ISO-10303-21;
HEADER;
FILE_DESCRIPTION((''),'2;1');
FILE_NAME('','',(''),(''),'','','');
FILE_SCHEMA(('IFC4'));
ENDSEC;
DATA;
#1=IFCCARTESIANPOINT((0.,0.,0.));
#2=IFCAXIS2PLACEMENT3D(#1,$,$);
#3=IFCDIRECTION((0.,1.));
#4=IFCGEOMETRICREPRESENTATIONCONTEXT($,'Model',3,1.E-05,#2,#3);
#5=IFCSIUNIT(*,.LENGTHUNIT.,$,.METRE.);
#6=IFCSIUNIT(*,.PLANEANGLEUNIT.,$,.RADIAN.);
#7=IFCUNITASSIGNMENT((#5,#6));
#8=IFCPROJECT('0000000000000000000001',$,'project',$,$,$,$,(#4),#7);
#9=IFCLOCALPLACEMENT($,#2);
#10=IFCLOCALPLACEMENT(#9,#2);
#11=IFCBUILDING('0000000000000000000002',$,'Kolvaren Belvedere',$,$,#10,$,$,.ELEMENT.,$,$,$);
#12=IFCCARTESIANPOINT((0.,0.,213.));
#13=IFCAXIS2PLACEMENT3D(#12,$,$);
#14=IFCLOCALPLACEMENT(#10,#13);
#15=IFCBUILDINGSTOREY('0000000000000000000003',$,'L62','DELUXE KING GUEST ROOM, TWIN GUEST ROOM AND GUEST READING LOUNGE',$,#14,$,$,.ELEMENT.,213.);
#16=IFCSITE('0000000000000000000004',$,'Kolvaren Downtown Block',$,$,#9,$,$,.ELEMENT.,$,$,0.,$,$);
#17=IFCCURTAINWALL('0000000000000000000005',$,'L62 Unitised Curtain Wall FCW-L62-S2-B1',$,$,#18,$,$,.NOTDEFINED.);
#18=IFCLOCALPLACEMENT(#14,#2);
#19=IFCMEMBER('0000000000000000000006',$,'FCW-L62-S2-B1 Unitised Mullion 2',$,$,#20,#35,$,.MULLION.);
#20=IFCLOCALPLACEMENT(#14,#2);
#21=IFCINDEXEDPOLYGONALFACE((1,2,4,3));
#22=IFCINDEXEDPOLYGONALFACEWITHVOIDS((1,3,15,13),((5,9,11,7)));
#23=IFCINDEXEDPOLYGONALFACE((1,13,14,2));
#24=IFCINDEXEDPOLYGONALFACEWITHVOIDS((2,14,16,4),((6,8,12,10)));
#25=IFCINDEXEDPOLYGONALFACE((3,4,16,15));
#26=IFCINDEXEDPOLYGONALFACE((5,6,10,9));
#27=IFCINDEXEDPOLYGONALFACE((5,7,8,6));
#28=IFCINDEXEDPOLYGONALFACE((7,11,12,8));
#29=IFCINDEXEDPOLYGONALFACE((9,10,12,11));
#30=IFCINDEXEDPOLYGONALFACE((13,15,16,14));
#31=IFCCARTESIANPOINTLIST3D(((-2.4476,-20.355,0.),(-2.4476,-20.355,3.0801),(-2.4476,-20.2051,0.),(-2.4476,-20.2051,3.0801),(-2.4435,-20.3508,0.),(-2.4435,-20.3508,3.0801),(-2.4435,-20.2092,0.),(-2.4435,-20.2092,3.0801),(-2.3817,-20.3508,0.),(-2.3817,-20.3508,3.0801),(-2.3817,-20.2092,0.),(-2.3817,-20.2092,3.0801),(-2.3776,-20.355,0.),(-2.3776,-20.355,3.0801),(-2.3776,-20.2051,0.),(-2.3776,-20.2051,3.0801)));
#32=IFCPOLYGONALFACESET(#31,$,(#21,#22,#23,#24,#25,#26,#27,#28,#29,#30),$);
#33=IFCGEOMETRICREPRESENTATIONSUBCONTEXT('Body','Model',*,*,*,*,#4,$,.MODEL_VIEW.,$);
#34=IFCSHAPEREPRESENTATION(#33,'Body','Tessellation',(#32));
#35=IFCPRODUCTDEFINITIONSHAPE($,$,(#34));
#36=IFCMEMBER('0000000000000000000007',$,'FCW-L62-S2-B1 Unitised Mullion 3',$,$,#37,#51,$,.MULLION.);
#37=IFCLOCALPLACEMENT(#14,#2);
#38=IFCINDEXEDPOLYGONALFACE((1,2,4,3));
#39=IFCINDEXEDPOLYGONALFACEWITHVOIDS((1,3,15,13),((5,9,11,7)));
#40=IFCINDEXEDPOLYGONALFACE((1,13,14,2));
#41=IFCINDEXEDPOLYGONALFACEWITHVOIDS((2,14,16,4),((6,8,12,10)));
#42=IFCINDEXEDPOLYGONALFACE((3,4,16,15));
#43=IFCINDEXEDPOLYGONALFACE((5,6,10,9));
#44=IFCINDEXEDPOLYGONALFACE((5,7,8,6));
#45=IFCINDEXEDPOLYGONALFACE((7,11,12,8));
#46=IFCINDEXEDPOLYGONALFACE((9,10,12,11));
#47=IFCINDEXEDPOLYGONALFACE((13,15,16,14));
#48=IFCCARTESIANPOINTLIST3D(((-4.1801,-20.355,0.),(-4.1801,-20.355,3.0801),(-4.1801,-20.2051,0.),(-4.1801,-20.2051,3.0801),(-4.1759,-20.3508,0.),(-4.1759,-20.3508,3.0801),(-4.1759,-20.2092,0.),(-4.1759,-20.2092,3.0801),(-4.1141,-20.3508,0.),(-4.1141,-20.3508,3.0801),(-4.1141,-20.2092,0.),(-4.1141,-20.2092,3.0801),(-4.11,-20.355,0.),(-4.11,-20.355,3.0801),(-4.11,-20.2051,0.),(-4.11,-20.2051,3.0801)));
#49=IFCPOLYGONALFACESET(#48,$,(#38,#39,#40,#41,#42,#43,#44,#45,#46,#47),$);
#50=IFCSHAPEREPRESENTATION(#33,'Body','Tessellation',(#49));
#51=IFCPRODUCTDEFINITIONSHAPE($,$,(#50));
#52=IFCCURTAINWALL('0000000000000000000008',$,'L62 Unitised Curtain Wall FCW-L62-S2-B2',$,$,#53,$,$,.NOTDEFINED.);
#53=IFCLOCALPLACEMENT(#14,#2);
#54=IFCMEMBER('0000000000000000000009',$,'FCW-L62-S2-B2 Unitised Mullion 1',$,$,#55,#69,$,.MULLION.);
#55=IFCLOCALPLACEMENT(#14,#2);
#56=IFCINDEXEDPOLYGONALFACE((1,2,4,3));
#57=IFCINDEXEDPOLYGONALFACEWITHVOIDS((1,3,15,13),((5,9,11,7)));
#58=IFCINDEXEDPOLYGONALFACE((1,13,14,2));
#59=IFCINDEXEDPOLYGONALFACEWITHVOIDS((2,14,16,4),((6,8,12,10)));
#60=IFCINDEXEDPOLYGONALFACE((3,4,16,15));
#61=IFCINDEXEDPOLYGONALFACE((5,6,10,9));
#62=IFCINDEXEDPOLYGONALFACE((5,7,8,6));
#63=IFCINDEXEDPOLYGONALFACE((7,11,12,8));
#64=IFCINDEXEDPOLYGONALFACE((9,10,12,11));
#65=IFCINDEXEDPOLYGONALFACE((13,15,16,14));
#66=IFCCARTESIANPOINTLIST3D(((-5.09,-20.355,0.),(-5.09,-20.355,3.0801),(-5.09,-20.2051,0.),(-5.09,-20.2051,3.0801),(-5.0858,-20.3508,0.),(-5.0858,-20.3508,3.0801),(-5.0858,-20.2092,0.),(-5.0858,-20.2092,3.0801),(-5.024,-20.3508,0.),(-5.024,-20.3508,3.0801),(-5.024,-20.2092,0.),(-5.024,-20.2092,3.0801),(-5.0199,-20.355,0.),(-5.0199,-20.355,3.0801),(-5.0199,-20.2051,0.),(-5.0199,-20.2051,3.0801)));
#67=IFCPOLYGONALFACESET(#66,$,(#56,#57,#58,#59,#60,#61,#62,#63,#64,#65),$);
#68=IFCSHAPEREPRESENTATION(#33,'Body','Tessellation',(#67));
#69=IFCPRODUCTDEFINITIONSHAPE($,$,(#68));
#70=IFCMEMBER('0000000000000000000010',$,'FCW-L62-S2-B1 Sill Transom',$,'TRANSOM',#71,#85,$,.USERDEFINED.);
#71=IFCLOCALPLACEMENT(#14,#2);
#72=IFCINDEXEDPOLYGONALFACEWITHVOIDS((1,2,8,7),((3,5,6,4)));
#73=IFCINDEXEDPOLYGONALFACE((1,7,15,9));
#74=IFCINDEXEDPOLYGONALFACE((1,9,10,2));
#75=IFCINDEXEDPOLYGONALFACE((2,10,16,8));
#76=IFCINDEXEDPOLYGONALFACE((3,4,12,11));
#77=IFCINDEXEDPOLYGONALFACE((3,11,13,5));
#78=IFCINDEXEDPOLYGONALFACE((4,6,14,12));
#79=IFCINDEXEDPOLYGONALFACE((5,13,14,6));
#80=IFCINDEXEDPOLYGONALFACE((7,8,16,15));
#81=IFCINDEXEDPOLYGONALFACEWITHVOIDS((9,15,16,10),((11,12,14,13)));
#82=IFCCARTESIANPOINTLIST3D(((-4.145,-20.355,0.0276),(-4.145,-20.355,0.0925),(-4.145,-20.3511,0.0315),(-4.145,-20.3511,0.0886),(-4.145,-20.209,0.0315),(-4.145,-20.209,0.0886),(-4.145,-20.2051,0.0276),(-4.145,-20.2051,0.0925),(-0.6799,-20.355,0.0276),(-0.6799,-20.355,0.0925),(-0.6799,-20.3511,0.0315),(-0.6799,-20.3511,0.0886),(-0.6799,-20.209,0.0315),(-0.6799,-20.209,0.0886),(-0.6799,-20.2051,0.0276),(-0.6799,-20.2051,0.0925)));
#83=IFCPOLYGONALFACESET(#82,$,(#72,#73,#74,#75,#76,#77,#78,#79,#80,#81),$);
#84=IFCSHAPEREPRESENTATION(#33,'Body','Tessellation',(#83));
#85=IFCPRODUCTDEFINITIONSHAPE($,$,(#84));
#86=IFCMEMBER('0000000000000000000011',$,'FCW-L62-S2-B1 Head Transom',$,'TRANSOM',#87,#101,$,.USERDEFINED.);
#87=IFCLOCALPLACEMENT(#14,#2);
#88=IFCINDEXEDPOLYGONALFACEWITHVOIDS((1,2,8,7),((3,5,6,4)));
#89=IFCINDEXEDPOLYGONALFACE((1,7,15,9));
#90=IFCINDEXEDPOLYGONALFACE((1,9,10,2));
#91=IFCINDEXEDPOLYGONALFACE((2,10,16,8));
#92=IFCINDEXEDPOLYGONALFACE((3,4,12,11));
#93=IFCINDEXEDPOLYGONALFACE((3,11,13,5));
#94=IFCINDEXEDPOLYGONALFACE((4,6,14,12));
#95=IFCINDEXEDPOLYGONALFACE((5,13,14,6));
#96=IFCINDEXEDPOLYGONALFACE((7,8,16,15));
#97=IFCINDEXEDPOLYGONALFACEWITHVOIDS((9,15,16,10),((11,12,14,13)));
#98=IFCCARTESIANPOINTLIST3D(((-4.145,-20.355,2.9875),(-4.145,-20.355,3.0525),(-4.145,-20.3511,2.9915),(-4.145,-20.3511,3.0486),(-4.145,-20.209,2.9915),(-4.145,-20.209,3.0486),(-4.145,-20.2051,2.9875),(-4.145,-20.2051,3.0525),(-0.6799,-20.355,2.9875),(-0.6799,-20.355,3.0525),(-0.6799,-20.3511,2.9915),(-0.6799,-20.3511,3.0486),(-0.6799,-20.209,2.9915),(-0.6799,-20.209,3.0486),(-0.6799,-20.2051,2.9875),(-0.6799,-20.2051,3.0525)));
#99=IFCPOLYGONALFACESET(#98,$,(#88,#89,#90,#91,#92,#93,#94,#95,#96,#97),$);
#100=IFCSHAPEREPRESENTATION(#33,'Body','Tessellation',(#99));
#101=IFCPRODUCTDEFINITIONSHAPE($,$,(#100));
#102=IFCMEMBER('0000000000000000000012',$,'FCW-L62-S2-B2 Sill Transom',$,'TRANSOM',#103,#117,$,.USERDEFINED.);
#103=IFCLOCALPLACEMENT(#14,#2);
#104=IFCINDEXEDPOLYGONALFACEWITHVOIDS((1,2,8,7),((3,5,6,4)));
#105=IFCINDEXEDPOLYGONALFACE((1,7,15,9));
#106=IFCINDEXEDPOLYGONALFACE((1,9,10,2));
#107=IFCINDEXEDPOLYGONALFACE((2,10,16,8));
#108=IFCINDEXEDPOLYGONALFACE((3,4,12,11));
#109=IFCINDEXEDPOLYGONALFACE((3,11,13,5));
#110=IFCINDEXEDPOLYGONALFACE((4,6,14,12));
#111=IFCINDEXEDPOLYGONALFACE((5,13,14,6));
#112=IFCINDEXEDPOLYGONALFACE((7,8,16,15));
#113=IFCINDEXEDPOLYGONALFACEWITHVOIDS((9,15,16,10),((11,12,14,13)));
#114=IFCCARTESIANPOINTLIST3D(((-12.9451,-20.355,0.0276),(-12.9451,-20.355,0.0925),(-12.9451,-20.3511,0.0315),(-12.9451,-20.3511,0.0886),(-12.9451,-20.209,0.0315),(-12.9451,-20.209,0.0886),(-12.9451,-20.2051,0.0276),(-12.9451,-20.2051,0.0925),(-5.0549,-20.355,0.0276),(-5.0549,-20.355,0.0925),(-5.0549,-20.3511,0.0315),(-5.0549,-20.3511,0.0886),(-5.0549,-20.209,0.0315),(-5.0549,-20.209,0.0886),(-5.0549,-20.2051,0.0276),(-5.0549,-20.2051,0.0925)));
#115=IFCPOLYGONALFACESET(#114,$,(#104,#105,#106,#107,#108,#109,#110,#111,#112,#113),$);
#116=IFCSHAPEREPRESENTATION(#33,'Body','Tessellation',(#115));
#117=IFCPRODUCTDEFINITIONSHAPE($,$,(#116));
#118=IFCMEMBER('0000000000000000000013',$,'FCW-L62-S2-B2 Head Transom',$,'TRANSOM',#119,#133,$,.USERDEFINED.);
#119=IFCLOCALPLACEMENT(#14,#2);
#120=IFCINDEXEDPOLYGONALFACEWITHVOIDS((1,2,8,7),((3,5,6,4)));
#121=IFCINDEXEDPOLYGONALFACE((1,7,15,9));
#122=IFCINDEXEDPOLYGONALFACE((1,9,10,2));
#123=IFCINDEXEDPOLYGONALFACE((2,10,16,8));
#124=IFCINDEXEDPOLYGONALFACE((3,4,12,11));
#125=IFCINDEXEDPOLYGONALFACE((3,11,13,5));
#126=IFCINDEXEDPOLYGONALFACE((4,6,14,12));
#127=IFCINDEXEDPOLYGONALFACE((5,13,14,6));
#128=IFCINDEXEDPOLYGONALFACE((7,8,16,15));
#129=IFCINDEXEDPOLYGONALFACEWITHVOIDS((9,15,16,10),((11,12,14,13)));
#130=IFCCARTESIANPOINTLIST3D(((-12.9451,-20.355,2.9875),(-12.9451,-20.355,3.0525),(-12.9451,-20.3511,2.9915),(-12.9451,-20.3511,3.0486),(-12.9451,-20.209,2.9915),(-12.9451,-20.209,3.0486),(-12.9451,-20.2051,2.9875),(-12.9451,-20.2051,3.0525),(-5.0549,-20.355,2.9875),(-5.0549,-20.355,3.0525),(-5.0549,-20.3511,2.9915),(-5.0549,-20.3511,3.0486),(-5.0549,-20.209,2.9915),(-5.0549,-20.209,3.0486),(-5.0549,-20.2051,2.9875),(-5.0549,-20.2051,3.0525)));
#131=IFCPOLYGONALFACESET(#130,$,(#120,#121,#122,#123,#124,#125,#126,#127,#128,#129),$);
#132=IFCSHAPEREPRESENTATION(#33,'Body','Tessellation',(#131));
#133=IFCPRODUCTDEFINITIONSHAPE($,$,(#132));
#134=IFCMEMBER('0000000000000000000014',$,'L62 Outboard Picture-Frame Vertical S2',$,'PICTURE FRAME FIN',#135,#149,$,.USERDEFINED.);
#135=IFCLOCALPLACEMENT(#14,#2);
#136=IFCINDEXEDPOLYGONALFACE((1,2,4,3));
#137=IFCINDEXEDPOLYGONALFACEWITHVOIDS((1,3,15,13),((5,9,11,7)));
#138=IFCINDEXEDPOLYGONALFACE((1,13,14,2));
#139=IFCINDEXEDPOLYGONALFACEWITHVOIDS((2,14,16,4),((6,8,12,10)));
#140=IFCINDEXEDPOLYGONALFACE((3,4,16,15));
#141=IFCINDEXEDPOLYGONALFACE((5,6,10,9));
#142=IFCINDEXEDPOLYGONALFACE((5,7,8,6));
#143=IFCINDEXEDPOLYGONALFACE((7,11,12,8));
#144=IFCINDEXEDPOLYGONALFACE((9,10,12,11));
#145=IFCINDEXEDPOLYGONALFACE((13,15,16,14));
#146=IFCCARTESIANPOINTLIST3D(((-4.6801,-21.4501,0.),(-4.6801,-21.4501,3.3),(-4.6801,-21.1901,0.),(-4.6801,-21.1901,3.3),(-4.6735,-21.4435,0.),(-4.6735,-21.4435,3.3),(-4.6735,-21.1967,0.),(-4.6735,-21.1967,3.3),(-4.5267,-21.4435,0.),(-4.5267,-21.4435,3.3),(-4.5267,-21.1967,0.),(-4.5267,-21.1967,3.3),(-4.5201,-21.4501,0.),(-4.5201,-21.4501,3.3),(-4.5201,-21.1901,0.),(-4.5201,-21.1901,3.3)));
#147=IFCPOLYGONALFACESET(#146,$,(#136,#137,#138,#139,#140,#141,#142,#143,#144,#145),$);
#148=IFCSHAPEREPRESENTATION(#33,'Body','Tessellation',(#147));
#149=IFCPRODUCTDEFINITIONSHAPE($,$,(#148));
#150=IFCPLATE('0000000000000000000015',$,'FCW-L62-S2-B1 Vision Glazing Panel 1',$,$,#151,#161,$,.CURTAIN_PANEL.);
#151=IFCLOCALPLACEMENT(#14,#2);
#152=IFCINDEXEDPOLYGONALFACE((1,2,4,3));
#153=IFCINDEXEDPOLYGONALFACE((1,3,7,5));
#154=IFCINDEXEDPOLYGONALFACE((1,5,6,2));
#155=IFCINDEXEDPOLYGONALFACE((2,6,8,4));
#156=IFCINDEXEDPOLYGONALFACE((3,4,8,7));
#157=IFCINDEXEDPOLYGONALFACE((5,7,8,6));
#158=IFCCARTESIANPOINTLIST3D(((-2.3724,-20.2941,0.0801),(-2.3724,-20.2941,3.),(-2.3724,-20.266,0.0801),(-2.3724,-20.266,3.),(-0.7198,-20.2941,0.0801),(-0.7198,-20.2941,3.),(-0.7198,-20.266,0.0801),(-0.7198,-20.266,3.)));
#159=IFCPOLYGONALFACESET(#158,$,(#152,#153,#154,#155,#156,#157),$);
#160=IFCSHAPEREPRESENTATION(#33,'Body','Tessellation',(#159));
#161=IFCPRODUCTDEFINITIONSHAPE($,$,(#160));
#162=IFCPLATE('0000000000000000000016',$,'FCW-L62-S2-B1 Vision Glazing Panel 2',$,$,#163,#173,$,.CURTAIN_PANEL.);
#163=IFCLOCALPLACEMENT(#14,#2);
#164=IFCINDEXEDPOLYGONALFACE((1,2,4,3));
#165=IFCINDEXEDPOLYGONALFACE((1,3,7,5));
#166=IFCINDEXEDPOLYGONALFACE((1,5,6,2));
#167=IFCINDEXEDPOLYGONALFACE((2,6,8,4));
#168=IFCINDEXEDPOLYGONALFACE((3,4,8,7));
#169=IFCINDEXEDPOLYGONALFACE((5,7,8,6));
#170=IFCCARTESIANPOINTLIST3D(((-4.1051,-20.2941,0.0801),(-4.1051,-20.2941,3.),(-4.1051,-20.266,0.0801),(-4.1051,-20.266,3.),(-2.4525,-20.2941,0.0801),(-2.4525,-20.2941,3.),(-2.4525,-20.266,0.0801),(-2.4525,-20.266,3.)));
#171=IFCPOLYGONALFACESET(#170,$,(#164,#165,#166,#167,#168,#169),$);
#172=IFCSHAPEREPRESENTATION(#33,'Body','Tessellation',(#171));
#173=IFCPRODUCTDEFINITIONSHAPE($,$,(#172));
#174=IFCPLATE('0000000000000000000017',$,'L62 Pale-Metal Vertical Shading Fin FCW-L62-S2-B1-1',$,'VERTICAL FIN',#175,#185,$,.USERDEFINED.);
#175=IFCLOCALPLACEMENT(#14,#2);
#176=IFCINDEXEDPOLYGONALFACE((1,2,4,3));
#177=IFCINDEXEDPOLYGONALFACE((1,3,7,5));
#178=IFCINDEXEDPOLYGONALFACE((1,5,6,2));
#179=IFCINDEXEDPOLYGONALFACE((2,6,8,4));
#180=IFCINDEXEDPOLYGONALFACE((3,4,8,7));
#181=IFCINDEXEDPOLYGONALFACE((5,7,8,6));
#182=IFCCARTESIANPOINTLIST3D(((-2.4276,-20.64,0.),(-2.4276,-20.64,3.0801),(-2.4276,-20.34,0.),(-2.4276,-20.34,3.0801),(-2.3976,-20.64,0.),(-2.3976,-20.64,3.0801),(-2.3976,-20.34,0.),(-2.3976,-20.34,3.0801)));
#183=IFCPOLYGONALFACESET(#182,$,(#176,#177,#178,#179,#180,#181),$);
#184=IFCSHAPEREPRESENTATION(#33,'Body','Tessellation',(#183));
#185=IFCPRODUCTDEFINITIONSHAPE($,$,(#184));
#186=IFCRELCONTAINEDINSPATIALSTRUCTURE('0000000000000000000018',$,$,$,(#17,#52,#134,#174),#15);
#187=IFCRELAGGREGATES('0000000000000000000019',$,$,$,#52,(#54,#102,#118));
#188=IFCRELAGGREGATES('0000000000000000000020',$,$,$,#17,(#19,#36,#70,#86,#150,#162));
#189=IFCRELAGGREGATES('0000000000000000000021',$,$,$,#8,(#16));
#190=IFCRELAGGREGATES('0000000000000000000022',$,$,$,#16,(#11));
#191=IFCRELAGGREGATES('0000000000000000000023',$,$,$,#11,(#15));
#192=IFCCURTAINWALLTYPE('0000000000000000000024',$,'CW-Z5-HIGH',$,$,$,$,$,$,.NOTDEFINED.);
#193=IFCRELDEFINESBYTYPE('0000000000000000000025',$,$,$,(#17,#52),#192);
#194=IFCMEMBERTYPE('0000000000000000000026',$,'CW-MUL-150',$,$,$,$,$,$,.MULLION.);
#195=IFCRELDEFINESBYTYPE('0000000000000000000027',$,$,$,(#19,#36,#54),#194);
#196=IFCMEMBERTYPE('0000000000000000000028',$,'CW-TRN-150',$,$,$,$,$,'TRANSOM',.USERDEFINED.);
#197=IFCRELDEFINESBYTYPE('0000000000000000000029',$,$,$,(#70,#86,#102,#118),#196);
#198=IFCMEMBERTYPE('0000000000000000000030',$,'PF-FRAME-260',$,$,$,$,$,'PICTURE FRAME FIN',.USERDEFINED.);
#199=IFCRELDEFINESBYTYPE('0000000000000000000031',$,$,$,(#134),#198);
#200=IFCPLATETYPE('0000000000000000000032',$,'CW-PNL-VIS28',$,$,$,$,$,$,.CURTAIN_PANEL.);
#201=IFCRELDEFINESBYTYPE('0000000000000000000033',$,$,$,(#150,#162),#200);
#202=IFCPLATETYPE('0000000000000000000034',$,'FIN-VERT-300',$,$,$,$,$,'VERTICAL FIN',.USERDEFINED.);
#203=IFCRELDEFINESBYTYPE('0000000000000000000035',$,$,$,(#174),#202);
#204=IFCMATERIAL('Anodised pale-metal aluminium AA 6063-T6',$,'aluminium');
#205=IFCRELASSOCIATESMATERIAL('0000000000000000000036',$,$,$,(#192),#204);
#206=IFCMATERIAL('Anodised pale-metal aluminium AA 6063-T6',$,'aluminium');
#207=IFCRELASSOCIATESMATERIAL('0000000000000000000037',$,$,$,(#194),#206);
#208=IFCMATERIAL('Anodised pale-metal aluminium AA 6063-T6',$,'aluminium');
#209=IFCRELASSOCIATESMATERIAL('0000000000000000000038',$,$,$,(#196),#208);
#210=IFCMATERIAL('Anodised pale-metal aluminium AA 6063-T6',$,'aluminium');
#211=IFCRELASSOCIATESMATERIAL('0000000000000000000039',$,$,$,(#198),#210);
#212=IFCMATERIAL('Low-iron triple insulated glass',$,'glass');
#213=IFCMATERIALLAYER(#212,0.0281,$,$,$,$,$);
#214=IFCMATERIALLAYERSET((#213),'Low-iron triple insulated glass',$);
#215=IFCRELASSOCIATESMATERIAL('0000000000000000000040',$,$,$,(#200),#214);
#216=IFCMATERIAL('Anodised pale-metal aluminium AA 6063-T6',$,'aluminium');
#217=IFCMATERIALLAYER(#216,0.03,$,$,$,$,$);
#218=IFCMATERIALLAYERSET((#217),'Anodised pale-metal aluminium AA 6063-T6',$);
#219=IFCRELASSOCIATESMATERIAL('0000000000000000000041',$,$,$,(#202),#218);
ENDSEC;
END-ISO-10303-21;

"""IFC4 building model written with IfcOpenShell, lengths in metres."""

from ifc_helpers import new_model, si_unit, direction, frame, origin, origin_2d, place, context, subcontext, project, spatial, rectangle, hollow_rectangle, extrude, material, layer, layer_set, material_profile, profile_set, type_object, element, aggregate, save


model = new_model("IFC4")

# Units and contexts
model_context = context("Model", 3, precision=1e-05, world=origin(), true_north=direction((0.0, 1.0)))
body_context = subcontext(model_context, "Body", "Model", "MODEL_VIEW")
ifc_project = project(units=[si_unit("LENGTHUNIT", "METRE"), si_unit("PLANEANGLEUNIT", "RADIAN")], contexts=[model_context])

# Site, building, storey
site_placement = place(None, origin())
site = spatial("IfcSite", under=ifc_project, at=site_placement, Name="Kolvaren Downtown Block", CompositionType="ELEMENT", RefElevation=0.0)
building_placement = place(site_placement, origin())
building = spatial("IfcBuilding", under=site, at=building_placement, Name="Kolvaren Belvedere", CompositionType="ELEMENT")
storey_placement = place(building_placement, frame((0.0, 0.0, 213.0)))
storey = spatial("IfcBuildingStorey", under=building, at=storey_placement, Name="L62", Description="DELUXE KING GUEST ROOM, TWIN GUEST ROOM AND GUEST READING LOUNGE", CompositionType="ELEMENT", Elevation=213.0)

# Curtain wall, members
ifc_material_1 = material(Name="Anodised pale-metal aluminium AA 6063-T6", Category="aluminium")
curtain_wall_type = type_object("IfcCurtainWallType", Name="CW-Z5-HIGH", PredefinedType="NOTDEFINED", material=ifc_material_1)
curtain_wall_1_placement = place(storey_placement, origin())
curtain_wall_1 = element("IfcCurtainWall", 1, at=curtain_wall_1_placement, inside=storey, type_object=curtain_wall_type, Name="L62 Unitised Curtain Wall FCW-L62-S2-B1", PredefinedType="NOTDEFINED")
ifc_material_2 = material(Name="Anodised pale-metal aluminium AA 6063-T6", Category="aluminium")
ifc_material_profile_1 = material_profile(ifc_material_2, hollow_rectangle(XDim=0.0701, YDim=0.1499, WallThickness=0.0042, at=origin_2d()), Name="ALU-MUL-150X70")
ifc_profile_set_1 = profile_set([ifc_material_profile_1], Name="Anodised pale-metal aluminium AA 6063-T6")
member_type_1 = type_object("IfcMemberType", Name="CW-MUL-150", PredefinedType="MULLION", material=ifc_profile_set_1)
member_1_placement = place(storey_placement, frame((-2.4126, -20.28, 0.0), z_axis=(0.0, 0.0, 1.0), x_axis=(1.0, 0.0, 0.0)))
member_1 = element("IfcMember", 2, at=member_1_placement, type_object=member_type_1, Name="FCW-L62-S2-B1 Unitised Mullion 2", PredefinedType="MULLION", context=body_context, shape_type="SweptSolid", body=[
    extrude(hollow_rectangle(XDim=0.0701, YDim=0.1499, WallThickness=0.0042, at=origin_2d()), origin(), (0.0, 0.0, 1.0), 3.0801),
])
member_2_placement = place(storey_placement, frame((-4.145, -20.28, 0.0), z_axis=(0.0, 0.0, 1.0), x_axis=(1.0, 0.0, 0.0)))
member_2 = element("IfcMember", 3, at=member_2_placement, type_object=member_type_1, Name="FCW-L62-S2-B1 Unitised Mullion 3", PredefinedType="MULLION", context=body_context, shape_type="SweptSolid", body=[
    extrude(hollow_rectangle(XDim=0.0701, YDim=0.1499, WallThickness=0.0042, at=origin_2d()), origin(), (0.0, 0.0, 1.0), 3.0801),
])

# Curtain wall, member
curtain_wall_2_placement = place(storey_placement, origin())
curtain_wall_2 = element("IfcCurtainWall", 4, at=curtain_wall_2_placement, inside=storey, type_object=curtain_wall_type, Name="L62 Unitised Curtain Wall FCW-L62-S2-B2", PredefinedType="NOTDEFINED")
member_3_placement = place(storey_placement, frame((-5.0549, -20.28, 0.0), z_axis=(0.0, 0.0, 1.0), x_axis=(1.0, 0.0, 0.0)))
member_3 = element("IfcMember", 5, at=member_3_placement, type_object=member_type_1, Name="FCW-L62-S2-B2 Unitised Mullion 1", PredefinedType="MULLION", context=body_context, shape_type="SweptSolid", body=[
    extrude(hollow_rectangle(XDim=0.0701, YDim=0.1499, WallThickness=0.0042, at=origin_2d()), origin(), (0.0, 0.0, 1.0), 3.0801),
])

# Members
ifc_material_3 = material(Name="Anodised pale-metal aluminium AA 6063-T6", Category="aluminium")
ifc_material_profile_2 = material_profile(ifc_material_3, hollow_rectangle(XDim=0.0649, YDim=0.1499, WallThickness=0.0039, at=origin_2d()), Name="ALU-TRN-150X65")
ifc_profile_set_2 = profile_set([ifc_material_profile_2], Name="Anodised pale-metal aluminium AA 6063-T6")
member_type_2 = type_object("IfcMemberType", Name="CW-TRN-150", ElementType="TRANSOM", PredefinedType="USERDEFINED", material=ifc_profile_set_2)
member_4_placement = place(storey_placement, frame((-0.6799, -20.28, 0.0601), z_axis=(-1.0, 0.0, 0.0), x_axis=(0.0, 0.0, 1.0)))
member_4 = element("IfcMember", 6, at=member_4_placement, type_object=member_type_2, Name="FCW-L62-S2-B1 Sill Transom", ObjectType="TRANSOM", PredefinedType="USERDEFINED", context=body_context, shape_type="SweptSolid", body=[
    extrude(hollow_rectangle(XDim=0.0649, YDim=0.1499, WallThickness=0.0039, at=origin_2d()), origin(), (0.0, 0.0, 1.0), 3.4651),
])
member_5_placement = place(storey_placement, frame((-0.6799, -20.28, 3.02), z_axis=(-1.0, 0.0, 0.0), x_axis=(0.0, 0.0, 1.0)))
member_5 = element("IfcMember", 7, at=member_5_placement, type_object=member_type_2, Name="FCW-L62-S2-B1 Head Transom", ObjectType="TRANSOM", PredefinedType="USERDEFINED", context=body_context, shape_type="SweptSolid", body=[
    extrude(hollow_rectangle(XDim=0.0649, YDim=0.1499, WallThickness=0.0039, at=origin_2d()), origin(), (0.0, 0.0, 1.0), 3.4651),
])
member_6_placement = place(storey_placement, frame((-5.0549, -20.28, 0.0601), z_axis=(-1.0, 0.0, 0.0), x_axis=(0.0, 0.0, 1.0)))
member_6 = element("IfcMember", 8, at=member_6_placement, type_object=member_type_2, Name="FCW-L62-S2-B2 Sill Transom", ObjectType="TRANSOM", PredefinedType="USERDEFINED", context=body_context, shape_type="SweptSolid", body=[
    extrude(hollow_rectangle(XDim=0.0649, YDim=0.1499, WallThickness=0.0039, at=origin_2d()), origin(), (0.0, 0.0, 1.0), 7.8901),
])
member_7_placement = place(storey_placement, frame((-5.0549, -20.28, 3.02), z_axis=(-1.0, 0.0, 0.0), x_axis=(0.0, 0.0, 1.0)))
member_7 = element("IfcMember", 9, at=member_7_placement, type_object=member_type_2, Name="FCW-L62-S2-B2 Head Transom", ObjectType="TRANSOM", PredefinedType="USERDEFINED", context=body_context, shape_type="SweptSolid", body=[
    extrude(hollow_rectangle(XDim=0.0649, YDim=0.1499, WallThickness=0.0039, at=origin_2d()), origin(), (0.0, 0.0, 1.0), 7.8901),
])
aggregate(curtain_wall_2, [member_3, member_6, member_7])
ifc_material_4 = material(Name="Anodised pale-metal aluminium AA 6063-T6", Category="aluminium")
ifc_material_profile_3 = material_profile(ifc_material_4, hollow_rectangle(XDim=0.1599, YDim=0.26, WallThickness=0.0066, at=origin_2d()), Name="ALU-PF-260X160")
ifc_profile_set_3 = profile_set([ifc_material_profile_3], Name="Anodised pale-metal aluminium AA 6063-T6")
member_type_3 = type_object("IfcMemberType", Name="PF-FRAME-260", ElementType="PICTURE FRAME FIN", PredefinedType="USERDEFINED", material=ifc_profile_set_3)
member_8_placement = place(storey_placement, frame((-4.6001, -21.3201, 0.0), z_axis=(0.0, 0.0, 1.0), x_axis=(1.0, 0.0, 0.0)))
element("IfcMember", 10, at=member_8_placement, inside=storey, type_object=member_type_3, Name="L62 Outboard Picture-Frame Vertical S2", ObjectType="PICTURE FRAME FIN", PredefinedType="USERDEFINED", context=body_context, shape_type="SweptSolid", body=[
    extrude(hollow_rectangle(XDim=0.1599, YDim=0.26, WallThickness=0.0066, at=origin_2d()), origin(), (0.0, 0.0, 1.0), 3.3),
])

# Plates
ifc_material_5 = material(Name="Low-iron triple insulated glass", Category="glass")
ifc_layer_1 = layer(ifc_material_5, 0.0281)
ifc_layer_set_1 = layer_set([ifc_layer_1], Name="Low-iron triple insulated glass")
plate_type_1 = type_object("IfcPlateType", Name="CW-PNL-VIS28", PredefinedType="CURTAIN_PANEL", material=ifc_layer_set_1)
plate_1_placement = place(storey_placement, frame((-1.5461, -20.28, 0.0801), z_axis=(0.0, 0.0, 1.0), x_axis=(-1.0, 0.0, 0.0)))
plate_1 = element("IfcPlate", 11, at=plate_1_placement, type_object=plate_type_1, Name="FCW-L62-S2-B1 Vision Glazing Panel 1", PredefinedType="CURTAIN_PANEL", context=body_context, shape_type="SweptSolid", body=[
    extrude(rectangle(XDim=1.6526, YDim=0.0281, at=origin_2d()), origin(), (0.0, 0.0, 1.0), 2.9199),
])
plate_2_placement = place(storey_placement, frame((-3.2788, -20.28, 0.0801), z_axis=(0.0, 0.0, 1.0), x_axis=(-1.0, 0.0, 0.0)))
plate_2 = element("IfcPlate", 12, at=plate_2_placement, type_object=plate_type_1, Name="FCW-L62-S2-B1 Vision Glazing Panel 2", PredefinedType="CURTAIN_PANEL", context=body_context, shape_type="SweptSolid", body=[
    extrude(rectangle(XDim=1.6526, YDim=0.0281, at=origin_2d()), origin(), (0.0, 0.0, 1.0), 2.9199),
])
aggregate(curtain_wall_1, [member_1, member_2, member_4, member_5, plate_1, plate_2])
ifc_material_6 = material(Name="Anodised pale-metal aluminium AA 6063-T6", Category="aluminium")
ifc_layer_2 = layer(ifc_material_6, 0.03)
ifc_layer_set_2 = layer_set([ifc_layer_2], Name="Anodised pale-metal aluminium AA 6063-T6")
plate_type_2 = type_object("IfcPlateType", Name="FIN-VERT-300", ElementType="VERTICAL FIN", PredefinedType="USERDEFINED", material=ifc_layer_set_2)
plate_3_placement = place(storey_placement, frame((-2.4126, -20.49, 0.0), z_axis=(0.0, 0.0, 1.0), x_axis=(0.0, 1.0, 0.0)))
element("IfcPlate", 13, at=plate_3_placement, inside=storey, type_object=plate_type_2, Name="L62 Pale-Metal Vertical Shading Fin FCW-L62-S2-B1-1", ObjectType="VERTICAL FIN", PredefinedType="USERDEFINED", context=body_context, shape_type="SweptSolid", body=[
    extrude(rectangle(XDim=0.3, YDim=0.03, at=origin_2d()), origin(), (0.0, 0.0, 1.0), 3.0801),
])

save(model, "model.ifc")
